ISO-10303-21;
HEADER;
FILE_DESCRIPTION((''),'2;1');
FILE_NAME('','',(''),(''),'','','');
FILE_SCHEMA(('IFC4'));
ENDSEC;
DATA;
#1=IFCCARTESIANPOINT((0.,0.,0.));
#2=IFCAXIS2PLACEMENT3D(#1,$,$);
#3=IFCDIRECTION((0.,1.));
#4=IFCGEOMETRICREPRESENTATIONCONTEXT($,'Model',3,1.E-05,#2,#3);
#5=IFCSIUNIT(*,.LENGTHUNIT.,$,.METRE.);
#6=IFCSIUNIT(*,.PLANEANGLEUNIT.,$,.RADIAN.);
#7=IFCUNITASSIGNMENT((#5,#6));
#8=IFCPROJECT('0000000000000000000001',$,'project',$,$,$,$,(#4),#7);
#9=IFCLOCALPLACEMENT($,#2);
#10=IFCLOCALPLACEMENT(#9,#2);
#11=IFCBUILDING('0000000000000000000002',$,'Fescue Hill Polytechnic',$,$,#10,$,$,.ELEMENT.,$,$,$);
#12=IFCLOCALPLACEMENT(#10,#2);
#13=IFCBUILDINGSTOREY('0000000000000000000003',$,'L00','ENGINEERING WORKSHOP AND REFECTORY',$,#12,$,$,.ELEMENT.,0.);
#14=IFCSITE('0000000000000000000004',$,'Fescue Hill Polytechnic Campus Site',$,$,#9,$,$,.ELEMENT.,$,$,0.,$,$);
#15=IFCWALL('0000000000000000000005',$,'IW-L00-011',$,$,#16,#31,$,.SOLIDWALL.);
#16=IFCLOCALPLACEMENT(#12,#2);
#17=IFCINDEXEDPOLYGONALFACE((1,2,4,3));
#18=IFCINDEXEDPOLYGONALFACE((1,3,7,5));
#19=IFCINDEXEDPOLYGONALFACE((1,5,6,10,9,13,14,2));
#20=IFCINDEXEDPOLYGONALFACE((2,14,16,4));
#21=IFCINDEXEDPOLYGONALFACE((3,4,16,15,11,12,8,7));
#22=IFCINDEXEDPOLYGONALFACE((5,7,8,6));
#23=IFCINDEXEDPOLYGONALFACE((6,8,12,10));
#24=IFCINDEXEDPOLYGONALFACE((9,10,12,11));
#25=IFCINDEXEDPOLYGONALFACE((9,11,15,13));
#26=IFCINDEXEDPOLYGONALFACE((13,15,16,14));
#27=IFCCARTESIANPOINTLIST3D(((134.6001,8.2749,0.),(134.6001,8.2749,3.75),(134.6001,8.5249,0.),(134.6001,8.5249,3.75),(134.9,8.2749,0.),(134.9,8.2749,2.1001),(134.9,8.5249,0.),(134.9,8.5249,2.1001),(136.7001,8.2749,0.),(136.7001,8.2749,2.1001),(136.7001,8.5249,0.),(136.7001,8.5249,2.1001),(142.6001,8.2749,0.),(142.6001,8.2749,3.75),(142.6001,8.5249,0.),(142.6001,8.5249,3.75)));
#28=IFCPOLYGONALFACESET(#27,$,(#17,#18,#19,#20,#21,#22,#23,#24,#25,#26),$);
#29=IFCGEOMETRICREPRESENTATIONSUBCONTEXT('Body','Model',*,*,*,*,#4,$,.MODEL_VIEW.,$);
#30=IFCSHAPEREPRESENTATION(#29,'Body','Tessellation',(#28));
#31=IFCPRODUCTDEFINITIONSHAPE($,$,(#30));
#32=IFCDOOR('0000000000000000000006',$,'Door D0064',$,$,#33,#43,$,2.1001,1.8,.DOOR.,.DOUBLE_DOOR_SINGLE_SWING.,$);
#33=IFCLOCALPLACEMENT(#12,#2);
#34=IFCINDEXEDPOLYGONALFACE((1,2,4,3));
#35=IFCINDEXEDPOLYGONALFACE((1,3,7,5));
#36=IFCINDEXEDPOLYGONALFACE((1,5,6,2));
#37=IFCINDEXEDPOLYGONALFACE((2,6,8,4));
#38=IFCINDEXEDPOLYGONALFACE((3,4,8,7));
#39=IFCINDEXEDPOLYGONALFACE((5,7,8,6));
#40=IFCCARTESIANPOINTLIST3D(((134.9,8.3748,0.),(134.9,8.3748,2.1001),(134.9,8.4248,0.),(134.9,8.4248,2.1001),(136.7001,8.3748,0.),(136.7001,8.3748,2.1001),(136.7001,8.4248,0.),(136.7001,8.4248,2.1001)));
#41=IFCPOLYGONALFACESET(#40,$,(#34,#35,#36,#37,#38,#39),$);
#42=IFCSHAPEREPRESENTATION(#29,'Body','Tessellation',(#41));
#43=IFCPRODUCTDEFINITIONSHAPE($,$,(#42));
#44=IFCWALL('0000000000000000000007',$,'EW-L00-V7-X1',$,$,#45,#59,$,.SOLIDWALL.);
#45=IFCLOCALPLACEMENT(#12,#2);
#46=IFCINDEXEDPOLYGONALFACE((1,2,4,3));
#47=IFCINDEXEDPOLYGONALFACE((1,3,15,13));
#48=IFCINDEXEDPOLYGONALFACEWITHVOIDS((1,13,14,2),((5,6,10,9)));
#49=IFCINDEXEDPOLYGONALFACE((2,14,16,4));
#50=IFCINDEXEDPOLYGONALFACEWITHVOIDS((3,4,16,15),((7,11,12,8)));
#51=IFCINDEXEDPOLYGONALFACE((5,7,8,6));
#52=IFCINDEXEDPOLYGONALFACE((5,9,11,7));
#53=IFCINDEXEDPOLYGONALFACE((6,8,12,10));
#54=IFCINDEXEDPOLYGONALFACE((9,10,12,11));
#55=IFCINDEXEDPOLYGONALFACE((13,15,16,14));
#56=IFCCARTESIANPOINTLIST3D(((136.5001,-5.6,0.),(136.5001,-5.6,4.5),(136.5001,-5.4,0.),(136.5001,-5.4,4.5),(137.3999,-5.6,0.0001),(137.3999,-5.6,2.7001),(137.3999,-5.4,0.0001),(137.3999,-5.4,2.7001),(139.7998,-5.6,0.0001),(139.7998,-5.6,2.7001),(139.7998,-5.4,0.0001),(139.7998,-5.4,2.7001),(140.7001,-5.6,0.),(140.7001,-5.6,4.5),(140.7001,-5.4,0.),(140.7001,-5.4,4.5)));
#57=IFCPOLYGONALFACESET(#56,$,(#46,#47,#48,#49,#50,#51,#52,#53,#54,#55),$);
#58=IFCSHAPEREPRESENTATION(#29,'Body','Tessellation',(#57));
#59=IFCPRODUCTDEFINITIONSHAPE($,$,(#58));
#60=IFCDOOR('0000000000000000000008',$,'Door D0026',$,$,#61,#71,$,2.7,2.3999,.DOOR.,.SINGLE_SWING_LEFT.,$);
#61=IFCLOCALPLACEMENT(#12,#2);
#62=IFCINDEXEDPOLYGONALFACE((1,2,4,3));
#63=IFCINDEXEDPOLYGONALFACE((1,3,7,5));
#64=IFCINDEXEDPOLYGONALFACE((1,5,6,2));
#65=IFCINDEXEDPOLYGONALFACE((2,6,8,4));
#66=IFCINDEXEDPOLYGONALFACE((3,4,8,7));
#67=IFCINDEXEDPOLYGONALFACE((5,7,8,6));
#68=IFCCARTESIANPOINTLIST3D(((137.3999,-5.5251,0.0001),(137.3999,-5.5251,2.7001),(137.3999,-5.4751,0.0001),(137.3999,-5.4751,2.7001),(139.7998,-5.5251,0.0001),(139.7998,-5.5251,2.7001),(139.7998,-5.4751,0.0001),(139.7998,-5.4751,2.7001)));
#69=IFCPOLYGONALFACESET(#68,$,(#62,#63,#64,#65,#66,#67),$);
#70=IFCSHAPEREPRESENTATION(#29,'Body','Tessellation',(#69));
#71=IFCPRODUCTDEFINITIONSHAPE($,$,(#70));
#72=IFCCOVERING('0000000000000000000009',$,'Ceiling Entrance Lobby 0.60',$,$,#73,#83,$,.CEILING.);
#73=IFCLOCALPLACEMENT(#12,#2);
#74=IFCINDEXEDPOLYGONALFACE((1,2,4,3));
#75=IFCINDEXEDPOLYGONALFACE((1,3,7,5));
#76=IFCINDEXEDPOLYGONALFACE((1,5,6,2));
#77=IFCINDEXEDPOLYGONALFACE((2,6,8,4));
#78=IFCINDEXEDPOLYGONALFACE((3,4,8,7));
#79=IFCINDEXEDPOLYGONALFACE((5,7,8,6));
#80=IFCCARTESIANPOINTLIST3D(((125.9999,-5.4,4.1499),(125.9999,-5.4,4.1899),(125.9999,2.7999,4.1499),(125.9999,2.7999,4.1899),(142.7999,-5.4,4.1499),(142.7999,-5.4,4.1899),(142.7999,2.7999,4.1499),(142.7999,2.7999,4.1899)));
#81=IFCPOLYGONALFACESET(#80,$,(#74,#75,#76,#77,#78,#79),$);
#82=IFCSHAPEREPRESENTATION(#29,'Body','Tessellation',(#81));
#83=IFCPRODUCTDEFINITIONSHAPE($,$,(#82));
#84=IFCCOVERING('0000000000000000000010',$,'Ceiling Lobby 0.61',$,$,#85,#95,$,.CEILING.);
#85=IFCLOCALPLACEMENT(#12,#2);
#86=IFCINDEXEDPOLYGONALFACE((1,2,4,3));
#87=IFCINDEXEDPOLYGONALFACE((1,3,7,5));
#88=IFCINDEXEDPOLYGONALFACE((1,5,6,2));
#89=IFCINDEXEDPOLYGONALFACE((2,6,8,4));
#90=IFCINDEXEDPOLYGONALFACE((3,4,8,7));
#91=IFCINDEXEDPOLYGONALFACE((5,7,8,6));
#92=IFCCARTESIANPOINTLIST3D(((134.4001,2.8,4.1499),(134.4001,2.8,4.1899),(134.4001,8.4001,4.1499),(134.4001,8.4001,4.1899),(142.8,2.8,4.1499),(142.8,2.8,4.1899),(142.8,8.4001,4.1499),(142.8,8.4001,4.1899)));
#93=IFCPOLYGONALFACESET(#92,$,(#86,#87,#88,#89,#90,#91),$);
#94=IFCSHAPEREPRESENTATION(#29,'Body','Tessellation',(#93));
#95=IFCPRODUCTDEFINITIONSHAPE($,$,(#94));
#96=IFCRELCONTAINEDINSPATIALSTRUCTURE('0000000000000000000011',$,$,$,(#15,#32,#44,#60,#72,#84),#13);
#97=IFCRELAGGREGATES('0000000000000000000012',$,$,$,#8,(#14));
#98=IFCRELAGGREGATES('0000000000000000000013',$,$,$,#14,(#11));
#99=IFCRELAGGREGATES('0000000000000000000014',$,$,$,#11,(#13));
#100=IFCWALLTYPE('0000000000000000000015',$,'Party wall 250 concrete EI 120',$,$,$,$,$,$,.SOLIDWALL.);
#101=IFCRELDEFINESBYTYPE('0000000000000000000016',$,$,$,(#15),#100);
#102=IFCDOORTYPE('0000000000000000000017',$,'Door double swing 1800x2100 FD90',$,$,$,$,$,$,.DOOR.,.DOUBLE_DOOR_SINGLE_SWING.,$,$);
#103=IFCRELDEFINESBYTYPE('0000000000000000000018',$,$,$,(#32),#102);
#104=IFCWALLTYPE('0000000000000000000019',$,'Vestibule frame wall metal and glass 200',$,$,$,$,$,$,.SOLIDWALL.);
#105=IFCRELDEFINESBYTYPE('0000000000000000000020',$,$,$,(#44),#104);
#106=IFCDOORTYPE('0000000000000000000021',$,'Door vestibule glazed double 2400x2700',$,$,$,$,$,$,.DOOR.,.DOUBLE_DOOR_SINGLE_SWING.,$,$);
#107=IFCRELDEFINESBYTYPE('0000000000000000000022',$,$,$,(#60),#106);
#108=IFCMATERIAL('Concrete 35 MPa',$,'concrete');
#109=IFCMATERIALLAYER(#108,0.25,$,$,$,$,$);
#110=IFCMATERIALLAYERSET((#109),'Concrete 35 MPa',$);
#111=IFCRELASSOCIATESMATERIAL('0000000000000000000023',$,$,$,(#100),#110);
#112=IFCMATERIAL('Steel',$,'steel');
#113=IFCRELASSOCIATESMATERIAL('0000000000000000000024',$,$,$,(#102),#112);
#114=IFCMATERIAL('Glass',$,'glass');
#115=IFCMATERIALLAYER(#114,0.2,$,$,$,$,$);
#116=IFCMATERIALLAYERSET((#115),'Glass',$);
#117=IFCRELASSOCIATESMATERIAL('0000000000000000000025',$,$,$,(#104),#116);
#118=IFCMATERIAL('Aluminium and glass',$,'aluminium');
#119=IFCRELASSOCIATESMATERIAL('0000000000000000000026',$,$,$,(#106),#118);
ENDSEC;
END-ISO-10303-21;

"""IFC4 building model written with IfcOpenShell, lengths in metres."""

from ifc_helpers import new_model, si_unit, direction, frame, frame_2d, origin, origin_2d, place, context, subcontext, project, spatial, rectangle, extrude, material, layer, layer_set, type_object, element, fill, save


model = new_model("IFC4")

# Units and contexts
model_context = context("Model", 3, precision=1e-05, world=origin(), true_north=direction((0.0, 1.0)))
body_context = subcontext(model_context, "Body", "Model", "MODEL_VIEW")
ifc_project = project(units=[si_unit("LENGTHUNIT", "METRE"), si_unit("PLANEANGLEUNIT", "RADIAN")], contexts=[model_context])

# Site, building, storey
site_placement = place(None, origin())
site = spatial("IfcSite", under=ifc_project, at=site_placement, Name="Fescue Hill Polytechnic Campus Site", CompositionType="ELEMENT", RefElevation=0.0)
building_placement = place(site_placement, origin())
building = spatial("IfcBuilding", under=site, at=building_placement, Name="Fescue Hill Polytechnic", CompositionType="ELEMENT")
storey_placement = place(building_placement, origin())
storey = spatial("IfcBuildingStorey", under=building, at=storey_placement, Name="L00", Description="ENGINEERING WORKSHOP AND REFECTORY", CompositionType="ELEMENT", Elevation=0.0)

# Shared definitions
ifc_material_1 = material(Name="Glass", Category="glass")

# Walls, openings, doors
ifc_material_2 = material(Name="Concrete 35 MPa", Category="concrete")
ifc_layer_1 = layer(ifc_material_2, 0.25)
ifc_layer_set_1 = layer_set([ifc_layer_1], Name="Concrete 35 MPa")
wall_type_1 = type_object("IfcWallType", Name="Party wall 250 concrete EI 120", PredefinedType="SOLIDWALL", material=ifc_layer_set_1)
wall_1_placement = place(storey_placement, frame((134.6001, 8.3999, 0.0), z_axis=(0.0, 0.0, 1.0), x_axis=(1.0, 0.0, 0.0)))
wall_1 = element("IfcWall", 1, at=wall_1_placement, inside=storey, type_object=wall_type_1, Name="IW-L00-011", PredefinedType="SOLIDWALL", context=body_context, shape_type="SweptSolid", body=[
    extrude(rectangle(XDim=8.0, YDim=0.25, at=frame_2d((4.0, 0.0))), origin(), (0.0, 0.0, 1.0), 3.75),
])
opening_1_placement = place(wall_1_placement, frame((0.3, 0.0, 0.0)))
opening_1 = element("IfcOpeningElement", 2, at=opening_1_placement, cuts=wall_1, PredefinedType="OPENING", context=body_context, shape_type="SweptSolid", body=[
    extrude(rectangle(XDim=1.8, YDim=2.1001, at=frame_2d((0.8999, 1.05))), frame((0.0, 0.135, 0.0), z_axis=(0.0, -1.0, 0.0), x_axis=(1.0, 0.0, 0.0)), (0.0, 0.0, 1.0), 0.27),
])
ifc_material_3 = material(Name="Steel", Category="steel")
door_type_1 = type_object("IfcDoorType", Name="Door double swing 1800x2100 FD90", OperationType="DOUBLE_DOOR_SINGLE_SWING", PredefinedType="DOOR", material=ifc_material_3)
door_1_placement = place(opening_1_placement, origin())
door_1 = element("IfcDoor", 3, at=door_1_placement, inside=storey, type_object=door_type_1, Name="Door D0064", OperationType="DOUBLE_DOOR_SINGLE_SWING", OverallHeight=2.1001, OverallWidth=1.8, PredefinedType="DOOR", context=body_context, shape_type="SweptSolid", body=[
    extrude(rectangle(XDim=1.8, YDim=2.1001, at=frame_2d((0.8999, 1.05))), frame((0.0, 0.0249, 0.0), z_axis=(0.0, -1.0, 0.0), x_axis=(1.0, 0.0, 0.0)), (0.0, 0.0, 1.0), 0.05),
])
fill(opening_1, door_1)
ifc_layer_2 = layer(ifc_material_1, 0.2)
ifc_layer_set_2 = layer_set([ifc_layer_2], Name="Glass")
wall_type_2 = type_object("IfcWallType", Name="Vestibule frame wall metal and glass 200", PredefinedType="SOLIDWALL", material=ifc_layer_set_2)
wall_2_placement = place(storey_placement, frame((136.5, -5.5, 0.0), z_axis=(0.0, 0.0, 1.0), x_axis=(1.0, 0.0, 0.0)))
wall_2 = element("IfcWall", 4, at=wall_2_placement, inside=storey, type_object=wall_type_2, Name="EW-L00-V7-X1", PredefinedType="SOLIDWALL", context=body_context, shape_type="SweptSolid", body=[
    extrude(rectangle(XDim=4.2, YDim=0.2, at=frame_2d((2.1001, 0.0))), origin(), (0.0, 0.0, 1.0), 4.5),
])
opening_2_placement = place(wall_2_placement, frame((0.8999, 0.0, 0.0)))
opening_2 = element("IfcOpeningElement", 5, at=opening_2_placement, cuts=wall_2, PredefinedType="OPENING", context=body_context, shape_type="SweptSolid", body=[
    extrude(rectangle(XDim=2.3999, YDim=2.7, at=frame_2d((1.2, 1.3501))), frame((0.0, 0.1099, 0.0), z_axis=(0.0, -1.0, 0.0), x_axis=(1.0, 0.0, 0.0)), (0.0, 0.0, 1.0), 0.22),
])
ifc_material_4 = material(Name="Aluminium and glass", Category="aluminium")
door_type_2 = type_object("IfcDoorType", Name="Door vestibule glazed double 2400x2700", OperationType="DOUBLE_DOOR_SINGLE_SWING", PredefinedType="DOOR", material=ifc_material_4)
door_2_placement = place(opening_2_placement, origin())
door_2 = element("IfcDoor", 6, at=door_2_placement, inside=storey, type_object=door_type_2, Name="Door D0026", OperationType="SINGLE_SWING_LEFT", OverallHeight=2.7, OverallWidth=2.3999, PredefinedType="DOOR", context=body_context, shape_type="SweptSolid", body=[
    extrude(rectangle(XDim=2.3999, YDim=2.7, at=frame_2d((1.2, 1.3501))), frame((0.0, 0.0249, 0.0), z_axis=(0.0, -1.0, 0.0), x_axis=(1.0, 0.0, 0.0)), (0.0, 0.0, 1.0), 0.05),
])
fill(opening_2, door_2)

# Coverings
covering_1_placement = place(storey_placement, frame((134.3999, -1.3, 4.1499), z_axis=(0.0, 0.0, 1.0), x_axis=(1.0, 0.0, 0.0)))
element("IfcCovering", 7, at=covering_1_placement, inside=storey, Name="Ceiling Entrance Lobby 0.60", PredefinedType="CEILING", context=body_context, shape_type="SweptSolid", body=[
    extrude(rectangle(XDim=16.8, YDim=8.2, at=origin_2d()), origin(), (0.0, 0.0, 1.0), 0.04),
])
covering_2_placement = place(storey_placement, frame((138.6001, 5.6001, 4.1499), z_axis=(0.0, 0.0, 1.0), x_axis=(1.0, 0.0, 0.0)))
element("IfcCovering", 8, at=covering_2_placement, inside=storey, Name="Ceiling Lobby 0.61", PredefinedType="CEILING", context=body_context, shape_type="SweptSolid", body=[
    extrude(rectangle(XDim=8.3999, YDim=5.6001, at=origin_2d()), origin(), (0.0, 0.0, 1.0), 0.04),
])

save(model, "model.ifc")
